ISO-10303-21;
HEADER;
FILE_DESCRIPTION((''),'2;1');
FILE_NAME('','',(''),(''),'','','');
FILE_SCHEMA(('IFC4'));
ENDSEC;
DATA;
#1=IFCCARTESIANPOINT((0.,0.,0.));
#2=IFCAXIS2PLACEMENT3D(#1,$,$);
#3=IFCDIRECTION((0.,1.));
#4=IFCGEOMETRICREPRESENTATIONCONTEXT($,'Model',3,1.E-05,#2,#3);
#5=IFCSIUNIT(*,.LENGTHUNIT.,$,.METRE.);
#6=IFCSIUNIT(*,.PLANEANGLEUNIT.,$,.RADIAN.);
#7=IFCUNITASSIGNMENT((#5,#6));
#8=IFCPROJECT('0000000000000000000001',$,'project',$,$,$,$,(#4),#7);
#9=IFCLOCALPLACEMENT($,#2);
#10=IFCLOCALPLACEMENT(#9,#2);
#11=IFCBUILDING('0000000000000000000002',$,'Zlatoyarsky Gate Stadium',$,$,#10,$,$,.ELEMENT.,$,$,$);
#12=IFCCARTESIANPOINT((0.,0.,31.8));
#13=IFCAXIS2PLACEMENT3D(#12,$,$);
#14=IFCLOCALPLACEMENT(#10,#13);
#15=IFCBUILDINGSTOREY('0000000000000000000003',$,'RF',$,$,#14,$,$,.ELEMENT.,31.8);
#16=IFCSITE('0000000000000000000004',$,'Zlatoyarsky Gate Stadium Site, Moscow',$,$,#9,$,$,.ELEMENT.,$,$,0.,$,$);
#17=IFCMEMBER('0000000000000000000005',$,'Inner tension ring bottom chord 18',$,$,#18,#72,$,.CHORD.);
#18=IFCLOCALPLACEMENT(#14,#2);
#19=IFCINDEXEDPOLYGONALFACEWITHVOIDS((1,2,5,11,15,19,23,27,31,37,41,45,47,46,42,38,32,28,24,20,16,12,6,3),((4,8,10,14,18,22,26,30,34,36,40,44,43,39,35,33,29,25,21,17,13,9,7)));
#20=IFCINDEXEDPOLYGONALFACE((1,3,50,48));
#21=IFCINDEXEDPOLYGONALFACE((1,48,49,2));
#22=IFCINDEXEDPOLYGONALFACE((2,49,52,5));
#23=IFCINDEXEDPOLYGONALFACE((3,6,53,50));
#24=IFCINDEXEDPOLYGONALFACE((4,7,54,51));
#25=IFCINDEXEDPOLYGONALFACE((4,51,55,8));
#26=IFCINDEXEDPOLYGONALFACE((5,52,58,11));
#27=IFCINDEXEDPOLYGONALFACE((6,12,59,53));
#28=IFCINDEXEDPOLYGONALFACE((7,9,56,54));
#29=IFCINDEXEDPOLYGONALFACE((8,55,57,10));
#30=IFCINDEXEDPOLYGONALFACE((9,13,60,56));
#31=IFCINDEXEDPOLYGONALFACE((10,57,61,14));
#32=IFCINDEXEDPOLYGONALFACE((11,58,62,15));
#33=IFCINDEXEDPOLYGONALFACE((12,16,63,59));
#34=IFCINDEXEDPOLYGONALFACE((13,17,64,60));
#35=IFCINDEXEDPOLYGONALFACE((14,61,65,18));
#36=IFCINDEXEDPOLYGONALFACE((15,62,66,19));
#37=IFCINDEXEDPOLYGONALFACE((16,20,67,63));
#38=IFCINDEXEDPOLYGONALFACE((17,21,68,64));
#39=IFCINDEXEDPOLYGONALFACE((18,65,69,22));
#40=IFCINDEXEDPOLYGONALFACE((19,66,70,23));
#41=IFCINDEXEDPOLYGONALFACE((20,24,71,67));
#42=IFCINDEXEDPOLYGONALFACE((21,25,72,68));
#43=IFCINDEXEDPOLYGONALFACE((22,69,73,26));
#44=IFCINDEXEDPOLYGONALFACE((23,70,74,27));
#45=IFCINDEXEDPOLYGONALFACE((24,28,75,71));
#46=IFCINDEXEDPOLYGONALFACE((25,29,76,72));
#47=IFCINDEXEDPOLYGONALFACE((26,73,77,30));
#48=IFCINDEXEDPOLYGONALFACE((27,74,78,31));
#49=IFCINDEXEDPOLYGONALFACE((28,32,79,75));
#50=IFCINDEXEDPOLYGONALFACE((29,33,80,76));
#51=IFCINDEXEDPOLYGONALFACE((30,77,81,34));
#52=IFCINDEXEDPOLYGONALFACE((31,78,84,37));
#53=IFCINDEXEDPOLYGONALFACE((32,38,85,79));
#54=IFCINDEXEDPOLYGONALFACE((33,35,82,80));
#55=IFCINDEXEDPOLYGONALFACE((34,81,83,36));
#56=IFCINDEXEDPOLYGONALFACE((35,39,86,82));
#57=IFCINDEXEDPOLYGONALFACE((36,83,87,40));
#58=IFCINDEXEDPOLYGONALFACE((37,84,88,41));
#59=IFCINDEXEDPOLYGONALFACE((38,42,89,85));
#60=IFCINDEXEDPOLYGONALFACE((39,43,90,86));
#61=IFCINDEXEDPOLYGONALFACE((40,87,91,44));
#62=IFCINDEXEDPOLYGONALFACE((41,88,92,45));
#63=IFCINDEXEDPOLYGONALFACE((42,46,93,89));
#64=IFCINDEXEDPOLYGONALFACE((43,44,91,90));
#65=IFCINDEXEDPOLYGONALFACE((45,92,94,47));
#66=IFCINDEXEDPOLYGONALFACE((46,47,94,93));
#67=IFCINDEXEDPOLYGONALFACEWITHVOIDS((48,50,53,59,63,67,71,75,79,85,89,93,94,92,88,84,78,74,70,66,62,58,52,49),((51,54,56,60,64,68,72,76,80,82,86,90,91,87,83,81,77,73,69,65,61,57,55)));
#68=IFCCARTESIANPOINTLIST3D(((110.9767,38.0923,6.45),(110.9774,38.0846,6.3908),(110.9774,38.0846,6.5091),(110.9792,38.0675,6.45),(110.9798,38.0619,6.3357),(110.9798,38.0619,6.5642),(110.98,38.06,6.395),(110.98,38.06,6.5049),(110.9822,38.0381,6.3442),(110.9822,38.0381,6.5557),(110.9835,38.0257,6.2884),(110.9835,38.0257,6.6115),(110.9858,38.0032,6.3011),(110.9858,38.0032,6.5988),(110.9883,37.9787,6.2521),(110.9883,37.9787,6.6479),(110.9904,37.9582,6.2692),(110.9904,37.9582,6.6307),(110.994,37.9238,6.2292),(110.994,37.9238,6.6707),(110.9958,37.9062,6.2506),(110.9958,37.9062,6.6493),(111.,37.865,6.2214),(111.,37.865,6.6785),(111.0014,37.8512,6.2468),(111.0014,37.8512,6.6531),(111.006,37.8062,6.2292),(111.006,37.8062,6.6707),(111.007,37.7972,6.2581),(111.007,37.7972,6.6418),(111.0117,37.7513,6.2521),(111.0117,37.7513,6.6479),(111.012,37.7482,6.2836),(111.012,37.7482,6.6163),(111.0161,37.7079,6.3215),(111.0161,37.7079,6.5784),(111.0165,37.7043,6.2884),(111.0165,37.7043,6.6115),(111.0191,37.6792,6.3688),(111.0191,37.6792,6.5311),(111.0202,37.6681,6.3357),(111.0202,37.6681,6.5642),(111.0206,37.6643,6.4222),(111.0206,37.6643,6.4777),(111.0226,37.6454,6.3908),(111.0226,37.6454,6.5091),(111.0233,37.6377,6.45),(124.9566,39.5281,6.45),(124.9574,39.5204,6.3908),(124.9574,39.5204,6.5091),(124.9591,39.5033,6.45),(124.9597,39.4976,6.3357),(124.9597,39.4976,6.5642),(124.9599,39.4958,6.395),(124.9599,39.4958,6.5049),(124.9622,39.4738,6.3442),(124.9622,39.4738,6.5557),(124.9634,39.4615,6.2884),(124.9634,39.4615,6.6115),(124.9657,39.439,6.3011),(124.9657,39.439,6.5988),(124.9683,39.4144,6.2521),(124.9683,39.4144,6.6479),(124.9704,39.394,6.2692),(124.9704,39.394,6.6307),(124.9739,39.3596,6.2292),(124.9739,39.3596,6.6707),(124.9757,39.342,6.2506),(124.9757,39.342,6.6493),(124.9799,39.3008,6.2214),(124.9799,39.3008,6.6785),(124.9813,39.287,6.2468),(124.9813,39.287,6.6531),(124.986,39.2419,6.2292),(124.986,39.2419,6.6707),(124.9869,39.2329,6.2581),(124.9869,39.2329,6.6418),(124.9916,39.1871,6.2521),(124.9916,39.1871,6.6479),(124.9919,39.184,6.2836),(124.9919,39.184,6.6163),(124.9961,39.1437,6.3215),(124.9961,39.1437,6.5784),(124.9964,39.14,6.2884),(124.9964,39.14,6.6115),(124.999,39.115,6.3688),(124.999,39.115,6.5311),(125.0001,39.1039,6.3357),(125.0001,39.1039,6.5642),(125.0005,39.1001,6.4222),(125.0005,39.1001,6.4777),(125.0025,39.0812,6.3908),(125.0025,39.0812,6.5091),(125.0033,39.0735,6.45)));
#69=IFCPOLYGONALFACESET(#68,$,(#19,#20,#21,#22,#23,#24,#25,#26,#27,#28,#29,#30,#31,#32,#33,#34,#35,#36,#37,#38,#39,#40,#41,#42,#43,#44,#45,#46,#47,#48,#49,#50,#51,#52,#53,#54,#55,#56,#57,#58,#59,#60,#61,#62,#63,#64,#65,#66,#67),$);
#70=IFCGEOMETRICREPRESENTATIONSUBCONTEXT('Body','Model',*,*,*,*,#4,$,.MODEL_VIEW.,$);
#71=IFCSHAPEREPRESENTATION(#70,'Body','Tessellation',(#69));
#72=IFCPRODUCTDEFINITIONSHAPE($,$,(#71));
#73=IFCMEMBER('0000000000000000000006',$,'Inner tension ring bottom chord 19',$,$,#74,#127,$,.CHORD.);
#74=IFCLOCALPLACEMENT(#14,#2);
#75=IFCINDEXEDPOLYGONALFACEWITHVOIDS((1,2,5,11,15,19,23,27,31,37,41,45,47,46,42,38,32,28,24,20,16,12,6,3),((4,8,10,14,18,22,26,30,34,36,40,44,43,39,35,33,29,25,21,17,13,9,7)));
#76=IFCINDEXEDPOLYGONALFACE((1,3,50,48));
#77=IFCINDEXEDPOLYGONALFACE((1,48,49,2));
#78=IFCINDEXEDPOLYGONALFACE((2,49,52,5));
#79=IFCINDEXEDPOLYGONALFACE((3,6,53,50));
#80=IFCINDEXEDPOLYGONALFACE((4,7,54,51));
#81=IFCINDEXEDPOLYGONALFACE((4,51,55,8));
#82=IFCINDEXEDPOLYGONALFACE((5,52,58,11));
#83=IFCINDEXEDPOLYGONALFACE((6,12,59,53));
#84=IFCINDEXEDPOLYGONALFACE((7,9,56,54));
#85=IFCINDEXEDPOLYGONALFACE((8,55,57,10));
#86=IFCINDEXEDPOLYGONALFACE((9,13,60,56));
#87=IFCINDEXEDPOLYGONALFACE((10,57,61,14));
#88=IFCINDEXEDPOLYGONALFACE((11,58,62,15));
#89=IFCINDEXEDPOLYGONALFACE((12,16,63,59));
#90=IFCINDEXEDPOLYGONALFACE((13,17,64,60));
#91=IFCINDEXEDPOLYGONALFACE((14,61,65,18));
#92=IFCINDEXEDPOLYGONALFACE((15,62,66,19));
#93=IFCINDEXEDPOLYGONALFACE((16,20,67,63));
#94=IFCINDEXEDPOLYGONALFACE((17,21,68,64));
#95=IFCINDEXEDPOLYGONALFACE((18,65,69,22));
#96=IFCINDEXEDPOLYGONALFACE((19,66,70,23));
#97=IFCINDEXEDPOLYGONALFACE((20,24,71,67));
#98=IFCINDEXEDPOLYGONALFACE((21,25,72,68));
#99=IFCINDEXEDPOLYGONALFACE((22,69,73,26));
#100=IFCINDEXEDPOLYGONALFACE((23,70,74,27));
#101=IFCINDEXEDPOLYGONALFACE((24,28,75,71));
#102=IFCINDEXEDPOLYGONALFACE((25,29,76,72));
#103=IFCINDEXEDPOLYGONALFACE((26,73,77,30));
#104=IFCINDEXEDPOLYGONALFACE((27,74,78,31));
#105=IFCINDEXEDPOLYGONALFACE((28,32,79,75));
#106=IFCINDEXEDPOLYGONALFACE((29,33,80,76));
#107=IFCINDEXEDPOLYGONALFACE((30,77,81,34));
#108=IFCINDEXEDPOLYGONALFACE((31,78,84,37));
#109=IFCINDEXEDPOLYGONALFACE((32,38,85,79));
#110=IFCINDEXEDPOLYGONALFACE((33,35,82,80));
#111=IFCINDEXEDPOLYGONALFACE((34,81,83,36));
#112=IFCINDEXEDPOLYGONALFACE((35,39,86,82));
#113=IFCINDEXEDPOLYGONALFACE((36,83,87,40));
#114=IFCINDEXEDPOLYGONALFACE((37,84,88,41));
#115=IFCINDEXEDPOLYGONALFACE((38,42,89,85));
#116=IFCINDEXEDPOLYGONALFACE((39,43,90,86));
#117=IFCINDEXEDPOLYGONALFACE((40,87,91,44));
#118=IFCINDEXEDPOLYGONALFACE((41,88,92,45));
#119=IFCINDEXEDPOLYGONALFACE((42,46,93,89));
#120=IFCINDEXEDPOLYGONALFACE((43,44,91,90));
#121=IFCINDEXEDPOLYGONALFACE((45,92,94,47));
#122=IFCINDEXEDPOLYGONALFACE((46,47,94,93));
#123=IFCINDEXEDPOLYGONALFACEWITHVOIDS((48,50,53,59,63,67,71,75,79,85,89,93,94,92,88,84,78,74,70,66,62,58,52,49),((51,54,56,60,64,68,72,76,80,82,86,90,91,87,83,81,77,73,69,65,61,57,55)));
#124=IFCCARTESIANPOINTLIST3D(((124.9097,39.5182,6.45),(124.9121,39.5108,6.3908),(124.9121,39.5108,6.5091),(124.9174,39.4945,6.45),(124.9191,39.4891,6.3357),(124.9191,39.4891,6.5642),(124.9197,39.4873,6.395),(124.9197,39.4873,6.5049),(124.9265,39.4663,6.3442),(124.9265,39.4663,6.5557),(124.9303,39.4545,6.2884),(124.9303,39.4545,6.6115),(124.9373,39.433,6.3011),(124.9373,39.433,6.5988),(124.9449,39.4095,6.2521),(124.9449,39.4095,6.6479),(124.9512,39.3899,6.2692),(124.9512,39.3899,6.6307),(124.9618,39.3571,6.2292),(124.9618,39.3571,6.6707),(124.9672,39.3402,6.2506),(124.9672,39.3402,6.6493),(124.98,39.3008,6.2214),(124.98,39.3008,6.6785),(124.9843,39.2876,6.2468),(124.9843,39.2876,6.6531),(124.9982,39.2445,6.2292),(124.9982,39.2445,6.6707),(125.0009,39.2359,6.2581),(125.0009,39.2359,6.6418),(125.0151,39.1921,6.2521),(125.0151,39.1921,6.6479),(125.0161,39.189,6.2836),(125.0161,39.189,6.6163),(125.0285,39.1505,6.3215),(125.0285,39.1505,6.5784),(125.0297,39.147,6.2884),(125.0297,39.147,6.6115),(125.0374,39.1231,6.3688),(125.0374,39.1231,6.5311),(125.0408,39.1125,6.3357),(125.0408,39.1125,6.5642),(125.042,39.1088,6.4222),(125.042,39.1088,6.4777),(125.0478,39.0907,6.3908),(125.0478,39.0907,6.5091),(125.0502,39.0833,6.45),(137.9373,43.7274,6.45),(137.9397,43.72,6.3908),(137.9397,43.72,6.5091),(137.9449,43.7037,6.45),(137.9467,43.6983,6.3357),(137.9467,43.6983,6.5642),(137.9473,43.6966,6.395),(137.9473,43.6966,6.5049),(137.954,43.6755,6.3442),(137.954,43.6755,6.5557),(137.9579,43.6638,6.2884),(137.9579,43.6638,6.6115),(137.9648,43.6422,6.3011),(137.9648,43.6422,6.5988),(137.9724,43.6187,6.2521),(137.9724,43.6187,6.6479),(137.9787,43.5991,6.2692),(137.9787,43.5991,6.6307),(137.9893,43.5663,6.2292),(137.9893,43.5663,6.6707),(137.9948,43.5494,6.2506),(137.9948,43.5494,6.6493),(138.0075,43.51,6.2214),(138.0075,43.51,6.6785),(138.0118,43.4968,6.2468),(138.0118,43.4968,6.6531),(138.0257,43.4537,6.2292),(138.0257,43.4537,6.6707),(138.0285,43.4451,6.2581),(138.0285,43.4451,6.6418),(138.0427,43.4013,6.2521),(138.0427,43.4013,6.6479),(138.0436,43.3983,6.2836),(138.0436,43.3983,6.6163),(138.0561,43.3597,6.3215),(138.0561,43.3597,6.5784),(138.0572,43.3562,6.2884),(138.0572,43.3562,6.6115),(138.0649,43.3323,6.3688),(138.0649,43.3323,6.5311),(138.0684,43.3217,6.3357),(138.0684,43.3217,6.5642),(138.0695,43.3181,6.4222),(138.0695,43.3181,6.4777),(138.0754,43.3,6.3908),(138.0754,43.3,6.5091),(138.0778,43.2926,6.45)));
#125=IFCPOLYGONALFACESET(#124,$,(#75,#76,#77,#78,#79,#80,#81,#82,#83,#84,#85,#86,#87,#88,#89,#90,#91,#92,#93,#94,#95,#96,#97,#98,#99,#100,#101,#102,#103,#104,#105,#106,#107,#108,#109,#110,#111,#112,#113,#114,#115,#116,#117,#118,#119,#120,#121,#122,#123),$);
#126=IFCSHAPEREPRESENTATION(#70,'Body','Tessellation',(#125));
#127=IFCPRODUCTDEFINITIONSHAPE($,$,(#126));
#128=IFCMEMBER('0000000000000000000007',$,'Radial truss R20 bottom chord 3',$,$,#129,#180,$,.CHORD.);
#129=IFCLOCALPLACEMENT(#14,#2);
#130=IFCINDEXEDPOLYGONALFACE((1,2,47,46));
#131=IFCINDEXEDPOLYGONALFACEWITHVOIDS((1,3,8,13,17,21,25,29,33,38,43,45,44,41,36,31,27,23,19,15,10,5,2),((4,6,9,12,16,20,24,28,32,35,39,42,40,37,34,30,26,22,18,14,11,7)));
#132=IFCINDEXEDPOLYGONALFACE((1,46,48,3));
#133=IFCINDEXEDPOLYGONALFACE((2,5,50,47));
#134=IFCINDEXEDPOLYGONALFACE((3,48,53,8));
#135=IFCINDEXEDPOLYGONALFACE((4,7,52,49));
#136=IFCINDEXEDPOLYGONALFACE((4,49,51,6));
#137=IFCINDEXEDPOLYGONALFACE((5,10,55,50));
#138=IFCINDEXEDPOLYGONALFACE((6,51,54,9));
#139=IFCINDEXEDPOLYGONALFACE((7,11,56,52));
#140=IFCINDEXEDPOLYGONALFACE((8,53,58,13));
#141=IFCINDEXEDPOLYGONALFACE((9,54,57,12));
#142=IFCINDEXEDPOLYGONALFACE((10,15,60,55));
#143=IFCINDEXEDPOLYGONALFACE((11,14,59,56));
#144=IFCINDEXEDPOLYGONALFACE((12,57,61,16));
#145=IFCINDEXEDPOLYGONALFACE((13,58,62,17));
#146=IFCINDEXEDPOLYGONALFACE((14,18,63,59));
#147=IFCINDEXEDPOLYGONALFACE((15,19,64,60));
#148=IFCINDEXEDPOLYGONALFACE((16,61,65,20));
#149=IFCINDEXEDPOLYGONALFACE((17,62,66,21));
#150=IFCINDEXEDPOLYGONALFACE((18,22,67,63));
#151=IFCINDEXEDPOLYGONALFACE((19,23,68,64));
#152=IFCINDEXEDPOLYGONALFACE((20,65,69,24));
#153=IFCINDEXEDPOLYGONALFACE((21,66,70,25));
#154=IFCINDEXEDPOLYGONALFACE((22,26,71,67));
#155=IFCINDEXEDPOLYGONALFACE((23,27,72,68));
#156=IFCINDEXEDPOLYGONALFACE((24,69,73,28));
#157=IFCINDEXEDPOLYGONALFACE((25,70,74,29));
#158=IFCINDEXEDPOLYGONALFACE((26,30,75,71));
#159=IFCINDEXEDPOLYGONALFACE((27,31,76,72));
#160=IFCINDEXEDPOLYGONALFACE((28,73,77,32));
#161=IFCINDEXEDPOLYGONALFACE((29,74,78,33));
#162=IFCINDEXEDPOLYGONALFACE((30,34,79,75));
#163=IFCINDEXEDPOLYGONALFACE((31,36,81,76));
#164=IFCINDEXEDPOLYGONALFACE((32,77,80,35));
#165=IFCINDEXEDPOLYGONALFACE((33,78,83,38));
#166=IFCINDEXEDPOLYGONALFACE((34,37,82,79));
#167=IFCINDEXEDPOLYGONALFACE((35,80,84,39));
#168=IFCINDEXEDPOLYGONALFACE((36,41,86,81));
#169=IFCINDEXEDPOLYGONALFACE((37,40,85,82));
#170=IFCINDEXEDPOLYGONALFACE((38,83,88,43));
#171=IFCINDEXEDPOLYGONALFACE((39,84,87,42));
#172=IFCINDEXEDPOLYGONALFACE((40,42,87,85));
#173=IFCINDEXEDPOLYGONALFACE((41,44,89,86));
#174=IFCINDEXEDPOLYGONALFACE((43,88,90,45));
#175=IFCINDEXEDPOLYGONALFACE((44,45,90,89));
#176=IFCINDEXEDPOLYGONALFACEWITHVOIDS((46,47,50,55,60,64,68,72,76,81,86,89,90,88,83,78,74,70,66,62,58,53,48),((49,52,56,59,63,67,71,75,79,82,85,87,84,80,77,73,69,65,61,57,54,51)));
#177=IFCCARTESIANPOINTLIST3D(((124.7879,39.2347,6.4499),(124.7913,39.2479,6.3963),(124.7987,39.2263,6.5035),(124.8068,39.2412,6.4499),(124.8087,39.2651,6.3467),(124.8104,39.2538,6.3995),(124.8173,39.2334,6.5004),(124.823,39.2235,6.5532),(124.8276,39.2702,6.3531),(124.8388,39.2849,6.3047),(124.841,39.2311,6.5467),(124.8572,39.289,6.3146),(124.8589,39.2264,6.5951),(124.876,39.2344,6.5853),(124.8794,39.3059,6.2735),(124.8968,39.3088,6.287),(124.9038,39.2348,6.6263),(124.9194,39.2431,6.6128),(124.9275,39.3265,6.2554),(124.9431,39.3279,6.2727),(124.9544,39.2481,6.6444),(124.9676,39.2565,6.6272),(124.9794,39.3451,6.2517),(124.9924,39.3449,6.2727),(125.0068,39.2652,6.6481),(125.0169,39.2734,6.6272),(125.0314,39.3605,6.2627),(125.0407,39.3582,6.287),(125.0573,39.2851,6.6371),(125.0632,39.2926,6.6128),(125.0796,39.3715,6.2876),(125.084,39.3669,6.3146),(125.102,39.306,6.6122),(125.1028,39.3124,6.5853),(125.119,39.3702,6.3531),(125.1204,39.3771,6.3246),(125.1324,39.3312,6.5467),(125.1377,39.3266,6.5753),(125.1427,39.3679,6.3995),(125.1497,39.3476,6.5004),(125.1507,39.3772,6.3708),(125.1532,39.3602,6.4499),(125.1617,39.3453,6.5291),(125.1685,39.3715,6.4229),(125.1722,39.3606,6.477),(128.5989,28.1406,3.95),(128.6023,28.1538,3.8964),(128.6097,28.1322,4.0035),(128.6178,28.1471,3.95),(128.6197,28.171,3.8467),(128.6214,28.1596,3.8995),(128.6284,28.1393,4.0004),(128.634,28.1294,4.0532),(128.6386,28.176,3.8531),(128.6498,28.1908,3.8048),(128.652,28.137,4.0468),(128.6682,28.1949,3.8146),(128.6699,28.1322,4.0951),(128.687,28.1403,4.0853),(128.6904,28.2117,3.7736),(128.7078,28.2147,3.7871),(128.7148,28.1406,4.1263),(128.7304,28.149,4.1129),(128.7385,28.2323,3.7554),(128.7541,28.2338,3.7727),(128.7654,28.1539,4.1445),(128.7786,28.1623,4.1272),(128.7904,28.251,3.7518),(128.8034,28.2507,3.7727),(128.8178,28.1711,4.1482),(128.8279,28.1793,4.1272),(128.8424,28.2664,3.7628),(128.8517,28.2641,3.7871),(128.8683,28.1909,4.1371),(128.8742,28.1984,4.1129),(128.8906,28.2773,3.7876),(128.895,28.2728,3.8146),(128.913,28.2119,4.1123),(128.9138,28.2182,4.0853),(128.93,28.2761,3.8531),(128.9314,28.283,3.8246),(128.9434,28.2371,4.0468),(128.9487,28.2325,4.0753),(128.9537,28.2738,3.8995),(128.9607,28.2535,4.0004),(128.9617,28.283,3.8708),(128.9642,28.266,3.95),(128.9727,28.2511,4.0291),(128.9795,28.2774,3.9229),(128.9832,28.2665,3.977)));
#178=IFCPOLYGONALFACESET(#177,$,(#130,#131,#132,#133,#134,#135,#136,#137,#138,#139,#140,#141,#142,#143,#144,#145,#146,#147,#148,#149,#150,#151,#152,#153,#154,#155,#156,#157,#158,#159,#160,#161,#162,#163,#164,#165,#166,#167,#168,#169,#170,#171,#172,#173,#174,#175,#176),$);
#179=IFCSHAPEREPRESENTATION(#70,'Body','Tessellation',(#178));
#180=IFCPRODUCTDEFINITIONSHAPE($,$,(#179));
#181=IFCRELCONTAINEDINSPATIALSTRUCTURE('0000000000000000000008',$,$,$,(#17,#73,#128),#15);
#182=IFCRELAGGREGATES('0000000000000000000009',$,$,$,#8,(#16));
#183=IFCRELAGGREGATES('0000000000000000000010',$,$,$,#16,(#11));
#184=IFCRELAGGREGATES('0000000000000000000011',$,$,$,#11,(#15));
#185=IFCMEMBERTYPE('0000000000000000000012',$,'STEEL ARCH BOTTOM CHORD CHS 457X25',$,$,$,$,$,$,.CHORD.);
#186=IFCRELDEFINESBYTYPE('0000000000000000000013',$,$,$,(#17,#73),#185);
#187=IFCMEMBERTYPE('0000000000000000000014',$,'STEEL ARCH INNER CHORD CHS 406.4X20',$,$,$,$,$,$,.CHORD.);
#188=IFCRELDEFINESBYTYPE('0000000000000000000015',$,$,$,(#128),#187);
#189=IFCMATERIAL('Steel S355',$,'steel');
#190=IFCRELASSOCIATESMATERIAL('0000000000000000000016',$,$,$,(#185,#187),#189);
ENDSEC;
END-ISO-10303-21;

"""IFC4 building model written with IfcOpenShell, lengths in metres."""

from ifc_helpers import new_model, si_unit, direction, frame, origin, origin_2d, place, context, subcontext, project, spatial, hollow_circle, extrude, material, material_profile, profile_set, type_object, element, save


model = new_model("IFC4")

# Units and contexts
model_context = context("Model", 3, precision=1e-05, world=origin(), true_north=direction((0.0, 1.0)))
body_context = subcontext(model_context, "Body", "Model", "MODEL_VIEW")
ifc_project = project(units=[si_unit("LENGTHUNIT", "METRE"), si_unit("PLANEANGLEUNIT", "RADIAN")], contexts=[model_context])

# Site, building, storey
site_placement = place(None, origin())
site = spatial("IfcSite", under=ifc_project, at=site_placement, Name="Zlatoyarsky Gate Stadium Site, Moscow", CompositionType="ELEMENT", RefElevation=0.0)
building_placement = place(site_placement, origin())
building = spatial("IfcBuilding", under=site, at=building_placement, Name="Zlatoyarsky Gate Stadium", CompositionType="ELEMENT")
storey_placement = place(building_placement, frame((0.0, 0.0, 31.8)))
storey = spatial("IfcBuildingStorey", under=building, at=storey_placement, Name="RF", CompositionType="ELEMENT", Elevation=31.8)

# Members
ifc_material = material(Name="Steel S355", Category="steel")
ifc_material_profile_1 = material_profile(ifc_material, hollow_circle(Radius=0.2285, WallThickness=0.0249, at=origin_2d()), Name="CHS 457X25")
ifc_profile_set_1 = profile_set([ifc_material_profile_1], Name="Steel S355")
member_type_1 = type_object("IfcMemberType", Name="STEEL ARCH BOTTOM CHORD CHS 457X25", PredefinedType="CHORD", material=ifc_profile_set_1)
member_1_placement = place(storey_placement, frame((111.0, 37.865, 6.45), z_axis=(0.994767, 0.102166, 0.0), x_axis=(-0.102166, 0.994767, 0.0)))
element("IfcMember", 1, at=member_1_placement, inside=storey, type_object=member_type_1, Name="Inner tension ring bottom chord 18", PredefinedType="CHORD", context=body_context, shape_type="SweptSolid", body=[
    extrude(hollow_circle(Radius=0.2285, WallThickness=0.0249, at=origin_2d()), origin(), (0.0, 0.0, 1.0), 14.0535),
])
member_2_placement = place(storey_placement, frame((124.98, 39.3008, 6.45), z_axis=(0.951564, 0.307451, 0.0), x_axis=(-0.307451, 0.951564, 0.0)))
element("IfcMember", 2, at=member_2_placement, inside=storey, type_object=member_type_1, Name="Inner tension ring bottom chord 19", PredefinedType="CHORD", context=body_context, shape_type="SweptSolid", body=[
    extrude(hollow_circle(Radius=0.2285, WallThickness=0.0249, at=origin_2d()), origin(), (0.0, 0.0, 1.0), 13.6907),
])
ifc_material_profile_2 = material_profile(ifc_material, hollow_circle(Radius=0.2031, WallThickness=0.02, at=origin_2d()), Name="CHS 406.4X20")
ifc_profile_set_2 = profile_set([ifc_material_profile_2], Name="Steel S355")
member_type_2 = type_object("IfcMemberType", Name="STEEL ARCH INNER CHORD CHS 406.4X20", PredefinedType="CHORD", material=ifc_profile_set_2)
member_3_placement = place(storey_placement, frame((128.791, 28.2065, 3.95), z_axis=(-0.317745, 0.924982, 0.208437), x_axis=(-0.945755, -0.324881, 0.0)))
element("IfcMember", 3, at=member_3_placement, inside=storey, type_object=member_type_2, Name="Radial truss R20 bottom chord 3", PredefinedType="CHORD", context=body_context, shape_type="SweptSolid", body=[
    extrude(hollow_circle(Radius=0.2031, WallThickness=0.02, at=origin_2d()), origin(), (0.0, 0.0, 1.0), 11.9939),
])

save(model, "model.ifc")
